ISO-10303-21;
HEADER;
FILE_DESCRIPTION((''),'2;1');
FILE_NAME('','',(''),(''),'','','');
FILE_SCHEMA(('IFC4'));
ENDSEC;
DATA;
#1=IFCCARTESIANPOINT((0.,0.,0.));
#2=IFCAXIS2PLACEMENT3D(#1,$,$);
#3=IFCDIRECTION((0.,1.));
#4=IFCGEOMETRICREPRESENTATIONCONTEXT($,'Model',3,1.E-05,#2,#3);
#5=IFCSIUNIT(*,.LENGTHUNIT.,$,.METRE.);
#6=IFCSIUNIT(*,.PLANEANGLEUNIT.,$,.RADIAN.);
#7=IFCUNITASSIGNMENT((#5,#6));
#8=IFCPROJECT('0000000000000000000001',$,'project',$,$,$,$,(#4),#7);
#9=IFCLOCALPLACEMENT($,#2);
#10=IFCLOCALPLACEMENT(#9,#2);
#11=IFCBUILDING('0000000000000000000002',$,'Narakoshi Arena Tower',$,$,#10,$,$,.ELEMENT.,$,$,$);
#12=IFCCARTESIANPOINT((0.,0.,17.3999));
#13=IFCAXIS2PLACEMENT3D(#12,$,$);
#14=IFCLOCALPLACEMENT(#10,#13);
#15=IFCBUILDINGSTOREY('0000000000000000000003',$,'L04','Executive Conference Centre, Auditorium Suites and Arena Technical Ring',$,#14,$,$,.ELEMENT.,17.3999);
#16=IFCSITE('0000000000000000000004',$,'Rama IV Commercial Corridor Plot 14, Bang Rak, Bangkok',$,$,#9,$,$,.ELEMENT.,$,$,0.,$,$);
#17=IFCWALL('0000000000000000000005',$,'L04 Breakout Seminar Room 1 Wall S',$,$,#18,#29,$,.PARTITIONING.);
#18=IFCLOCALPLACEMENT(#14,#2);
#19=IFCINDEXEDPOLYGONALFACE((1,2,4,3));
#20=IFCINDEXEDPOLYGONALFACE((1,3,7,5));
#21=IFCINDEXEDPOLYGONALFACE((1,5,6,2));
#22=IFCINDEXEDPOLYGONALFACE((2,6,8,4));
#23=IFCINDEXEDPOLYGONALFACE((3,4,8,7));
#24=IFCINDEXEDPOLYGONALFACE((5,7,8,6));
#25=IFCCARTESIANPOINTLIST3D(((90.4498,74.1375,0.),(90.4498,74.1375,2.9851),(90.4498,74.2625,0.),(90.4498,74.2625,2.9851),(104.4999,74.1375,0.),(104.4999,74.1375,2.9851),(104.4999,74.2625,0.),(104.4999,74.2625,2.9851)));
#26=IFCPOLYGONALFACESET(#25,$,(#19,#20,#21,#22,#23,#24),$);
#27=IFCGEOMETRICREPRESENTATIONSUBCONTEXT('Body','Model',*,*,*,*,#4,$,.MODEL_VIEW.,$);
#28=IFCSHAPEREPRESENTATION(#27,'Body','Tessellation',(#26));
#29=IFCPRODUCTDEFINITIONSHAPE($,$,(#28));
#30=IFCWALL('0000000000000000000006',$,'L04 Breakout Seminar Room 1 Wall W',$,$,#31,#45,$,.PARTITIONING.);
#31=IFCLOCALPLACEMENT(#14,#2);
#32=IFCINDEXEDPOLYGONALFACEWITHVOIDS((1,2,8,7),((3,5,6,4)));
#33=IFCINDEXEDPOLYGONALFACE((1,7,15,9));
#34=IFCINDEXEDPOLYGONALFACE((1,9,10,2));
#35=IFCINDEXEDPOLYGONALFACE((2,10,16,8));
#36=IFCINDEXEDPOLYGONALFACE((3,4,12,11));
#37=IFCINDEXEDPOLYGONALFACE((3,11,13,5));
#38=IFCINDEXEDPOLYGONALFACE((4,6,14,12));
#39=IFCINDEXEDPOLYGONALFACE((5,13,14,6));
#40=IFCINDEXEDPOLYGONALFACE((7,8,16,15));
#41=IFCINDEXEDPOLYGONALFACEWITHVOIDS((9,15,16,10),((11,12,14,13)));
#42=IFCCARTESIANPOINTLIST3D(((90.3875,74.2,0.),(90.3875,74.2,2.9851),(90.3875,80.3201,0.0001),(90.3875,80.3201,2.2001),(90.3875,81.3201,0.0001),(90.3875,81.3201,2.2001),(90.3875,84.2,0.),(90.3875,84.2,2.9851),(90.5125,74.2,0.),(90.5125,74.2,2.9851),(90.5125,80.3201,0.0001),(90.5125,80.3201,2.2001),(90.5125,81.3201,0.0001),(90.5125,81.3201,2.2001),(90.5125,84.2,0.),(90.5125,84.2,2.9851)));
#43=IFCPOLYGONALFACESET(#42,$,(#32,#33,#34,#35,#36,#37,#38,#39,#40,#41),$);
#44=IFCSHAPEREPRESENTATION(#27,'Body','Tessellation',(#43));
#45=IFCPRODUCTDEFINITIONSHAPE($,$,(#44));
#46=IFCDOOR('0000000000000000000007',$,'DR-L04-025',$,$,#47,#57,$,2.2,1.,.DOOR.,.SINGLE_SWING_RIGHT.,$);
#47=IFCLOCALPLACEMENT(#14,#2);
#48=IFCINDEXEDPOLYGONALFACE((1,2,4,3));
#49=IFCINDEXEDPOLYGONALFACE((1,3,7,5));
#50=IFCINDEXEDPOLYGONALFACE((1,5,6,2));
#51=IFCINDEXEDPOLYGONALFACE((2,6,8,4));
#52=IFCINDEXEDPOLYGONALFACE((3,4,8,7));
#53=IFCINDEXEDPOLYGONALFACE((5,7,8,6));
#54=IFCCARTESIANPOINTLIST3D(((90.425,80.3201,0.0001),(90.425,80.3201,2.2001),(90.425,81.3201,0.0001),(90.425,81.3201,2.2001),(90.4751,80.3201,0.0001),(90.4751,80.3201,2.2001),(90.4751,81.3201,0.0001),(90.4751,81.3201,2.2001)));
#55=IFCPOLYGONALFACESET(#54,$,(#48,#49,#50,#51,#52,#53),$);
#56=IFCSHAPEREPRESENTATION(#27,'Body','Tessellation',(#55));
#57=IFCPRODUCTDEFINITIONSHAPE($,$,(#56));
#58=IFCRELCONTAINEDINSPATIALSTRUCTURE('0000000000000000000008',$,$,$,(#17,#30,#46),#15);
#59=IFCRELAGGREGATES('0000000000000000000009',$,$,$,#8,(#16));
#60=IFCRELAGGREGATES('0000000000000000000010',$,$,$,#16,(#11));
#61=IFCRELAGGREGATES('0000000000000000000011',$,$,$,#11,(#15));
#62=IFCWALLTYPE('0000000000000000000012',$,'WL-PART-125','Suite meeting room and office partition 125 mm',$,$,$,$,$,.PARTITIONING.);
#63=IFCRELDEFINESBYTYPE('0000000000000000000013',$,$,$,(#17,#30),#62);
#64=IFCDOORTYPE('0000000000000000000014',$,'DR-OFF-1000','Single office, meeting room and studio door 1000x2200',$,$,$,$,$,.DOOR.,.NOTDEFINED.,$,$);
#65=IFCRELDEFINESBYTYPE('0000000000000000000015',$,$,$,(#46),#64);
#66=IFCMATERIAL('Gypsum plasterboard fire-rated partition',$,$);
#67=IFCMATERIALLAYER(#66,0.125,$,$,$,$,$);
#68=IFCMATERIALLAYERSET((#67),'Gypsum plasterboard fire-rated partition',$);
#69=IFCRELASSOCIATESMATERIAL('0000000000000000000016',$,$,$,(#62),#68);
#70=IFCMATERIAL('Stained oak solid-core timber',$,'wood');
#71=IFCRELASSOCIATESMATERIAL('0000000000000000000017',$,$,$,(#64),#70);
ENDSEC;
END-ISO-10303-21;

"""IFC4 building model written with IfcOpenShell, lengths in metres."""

from ifc_helpers import new_model, si_unit, direction, frame, frame_2d, origin, place, context, subcontext, project, spatial, rectangle, extrude, material, layer, layer_set, type_object, element, fill, save


model = new_model("IFC4")

# Units and contexts
model_context = context("Model", 3, precision=1e-05, world=origin(), true_north=direction((0.0, 1.0)))
body_context = subcontext(model_context, "Body", "Model", "MODEL_VIEW")
ifc_project = project(units=[si_unit("LENGTHUNIT", "METRE"), si_unit("PLANEANGLEUNIT", "RADIAN")], contexts=[model_context])

# Site, building, storey
site_placement = place(None, origin())
site = spatial("IfcSite", under=ifc_project, at=site_placement, Name="Rama IV Commercial Corridor Plot 14, Bang Rak, Bangkok", CompositionType="ELEMENT", RefElevation=0.0)
building_placement = place(site_placement, origin())
building = spatial("IfcBuilding", under=site, at=building_placement, Name="Narakoshi Arena Tower", CompositionType="ELEMENT")
storey_placement = place(building_placement, frame((0.0, 0.0, 17.3999)))
storey = spatial("IfcBuildingStorey", under=building, at=storey_placement, Name="L04", Description="Executive Conference Centre, Auditorium Suites and Arena Technical Ring", CompositionType="ELEMENT", Elevation=17.3999)

# Shared definitions
ifc_material_1 = material(Name="Gypsum plasterboard fire-rated partition")
ifc_layer = layer(ifc_material_1, 0.125)
ifc_layer_set = layer_set([ifc_layer], Name="Gypsum plasterboard fire-rated partition")
wall_type = type_object("IfcWallType", Name="WL-PART-125", Description="Suite meeting room and office partition 125 mm", PredefinedType="PARTITIONING", material=ifc_layer_set)

# Shared definitions
ifc_material_2 = material(Name="Stained oak solid-core timber", Category="wood")

# Wall
wall_1_placement = place(storey_placement, frame((90.45, 74.2, 0.0), z_axis=(0.0, 0.0, 1.0), x_axis=(1.0, 0.0, 0.0)))
element("IfcWall", 1, at=wall_1_placement, inside=storey, type_object=wall_type, Name="L04 Breakout Seminar Room 1 Wall S", PredefinedType="PARTITIONING", context=body_context, shape_type="SweptSolid", body=[
    extrude(rectangle(XDim=14.05, YDim=0.125, at=frame_2d((7.0249, 0.0))), origin(), (0.0, 0.0, 1.0), 2.9851),
])

# Wall, opening, door
wall_2_placement = place(storey_placement, frame((90.45, 84.2, 0.0), z_axis=(0.0, 0.0, 1.0), x_axis=(0.0, -1.0, 0.0)))
wall_2 = element("IfcWall", 2, at=wall_2_placement, inside=storey, type_object=wall_type, Name="L04 Breakout Seminar Room 1 Wall W", PredefinedType="PARTITIONING", context=body_context, shape_type="SweptSolid", body=[
    extrude(rectangle(XDim=10.0, YDim=0.125, at=frame_2d((5.0, 0.0))), origin(), (0.0, 0.0, 1.0), 2.9851),
])
opening_1_placement = place(wall_2_placement, frame((2.8799, 0.0, 0.0)))
opening_1 = element("IfcOpeningElement", 3, at=opening_1_placement, cuts=wall_2, PredefinedType="OPENING", context=body_context, shape_type="SweptSolid", body=[
    extrude(rectangle(XDim=1.0, YDim=2.2, at=frame_2d((0.5, 1.1001))), frame((0.0, 0.0725, 0.0), z_axis=(0.0, -1.0, 0.0), x_axis=(1.0, 0.0, 0.0)), (0.0, 0.0, 1.0), 0.145),
])
door_type_1 = type_object("IfcDoorType", Name="DR-OFF-1000", Description="Single office, meeting room and studio door 1000x2200", OperationType="NOTDEFINED", PredefinedType="DOOR", material=ifc_material_2)
door_1_placement = place(opening_1_placement, frame((1.0, 0.0, 0.0), z_axis=(0.0, 0.0, 1.0), x_axis=(-1.0, 0.0, 0.0)))
door_1 = element("IfcDoor", 4, at=door_1_placement, inside=storey, type_object=door_type_1, Name="DR-L04-025", OperationType="SINGLE_SWING_RIGHT", OverallHeight=2.2, OverallWidth=1.0, PredefinedType="DOOR", context=body_context, shape_type="SweptSolid", body=[
    extrude(rectangle(XDim=1.0, YDim=2.2, at=frame_2d((0.5, 1.1001))), frame((0.0, 0.0249, 0.0), z_axis=(0.0, -1.0, 0.0), x_axis=(1.0, 0.0, 0.0)), (0.0, 0.0, 1.0), 0.05),
])
fill(opening_1, door_1)

save(model, "model.ifc")
